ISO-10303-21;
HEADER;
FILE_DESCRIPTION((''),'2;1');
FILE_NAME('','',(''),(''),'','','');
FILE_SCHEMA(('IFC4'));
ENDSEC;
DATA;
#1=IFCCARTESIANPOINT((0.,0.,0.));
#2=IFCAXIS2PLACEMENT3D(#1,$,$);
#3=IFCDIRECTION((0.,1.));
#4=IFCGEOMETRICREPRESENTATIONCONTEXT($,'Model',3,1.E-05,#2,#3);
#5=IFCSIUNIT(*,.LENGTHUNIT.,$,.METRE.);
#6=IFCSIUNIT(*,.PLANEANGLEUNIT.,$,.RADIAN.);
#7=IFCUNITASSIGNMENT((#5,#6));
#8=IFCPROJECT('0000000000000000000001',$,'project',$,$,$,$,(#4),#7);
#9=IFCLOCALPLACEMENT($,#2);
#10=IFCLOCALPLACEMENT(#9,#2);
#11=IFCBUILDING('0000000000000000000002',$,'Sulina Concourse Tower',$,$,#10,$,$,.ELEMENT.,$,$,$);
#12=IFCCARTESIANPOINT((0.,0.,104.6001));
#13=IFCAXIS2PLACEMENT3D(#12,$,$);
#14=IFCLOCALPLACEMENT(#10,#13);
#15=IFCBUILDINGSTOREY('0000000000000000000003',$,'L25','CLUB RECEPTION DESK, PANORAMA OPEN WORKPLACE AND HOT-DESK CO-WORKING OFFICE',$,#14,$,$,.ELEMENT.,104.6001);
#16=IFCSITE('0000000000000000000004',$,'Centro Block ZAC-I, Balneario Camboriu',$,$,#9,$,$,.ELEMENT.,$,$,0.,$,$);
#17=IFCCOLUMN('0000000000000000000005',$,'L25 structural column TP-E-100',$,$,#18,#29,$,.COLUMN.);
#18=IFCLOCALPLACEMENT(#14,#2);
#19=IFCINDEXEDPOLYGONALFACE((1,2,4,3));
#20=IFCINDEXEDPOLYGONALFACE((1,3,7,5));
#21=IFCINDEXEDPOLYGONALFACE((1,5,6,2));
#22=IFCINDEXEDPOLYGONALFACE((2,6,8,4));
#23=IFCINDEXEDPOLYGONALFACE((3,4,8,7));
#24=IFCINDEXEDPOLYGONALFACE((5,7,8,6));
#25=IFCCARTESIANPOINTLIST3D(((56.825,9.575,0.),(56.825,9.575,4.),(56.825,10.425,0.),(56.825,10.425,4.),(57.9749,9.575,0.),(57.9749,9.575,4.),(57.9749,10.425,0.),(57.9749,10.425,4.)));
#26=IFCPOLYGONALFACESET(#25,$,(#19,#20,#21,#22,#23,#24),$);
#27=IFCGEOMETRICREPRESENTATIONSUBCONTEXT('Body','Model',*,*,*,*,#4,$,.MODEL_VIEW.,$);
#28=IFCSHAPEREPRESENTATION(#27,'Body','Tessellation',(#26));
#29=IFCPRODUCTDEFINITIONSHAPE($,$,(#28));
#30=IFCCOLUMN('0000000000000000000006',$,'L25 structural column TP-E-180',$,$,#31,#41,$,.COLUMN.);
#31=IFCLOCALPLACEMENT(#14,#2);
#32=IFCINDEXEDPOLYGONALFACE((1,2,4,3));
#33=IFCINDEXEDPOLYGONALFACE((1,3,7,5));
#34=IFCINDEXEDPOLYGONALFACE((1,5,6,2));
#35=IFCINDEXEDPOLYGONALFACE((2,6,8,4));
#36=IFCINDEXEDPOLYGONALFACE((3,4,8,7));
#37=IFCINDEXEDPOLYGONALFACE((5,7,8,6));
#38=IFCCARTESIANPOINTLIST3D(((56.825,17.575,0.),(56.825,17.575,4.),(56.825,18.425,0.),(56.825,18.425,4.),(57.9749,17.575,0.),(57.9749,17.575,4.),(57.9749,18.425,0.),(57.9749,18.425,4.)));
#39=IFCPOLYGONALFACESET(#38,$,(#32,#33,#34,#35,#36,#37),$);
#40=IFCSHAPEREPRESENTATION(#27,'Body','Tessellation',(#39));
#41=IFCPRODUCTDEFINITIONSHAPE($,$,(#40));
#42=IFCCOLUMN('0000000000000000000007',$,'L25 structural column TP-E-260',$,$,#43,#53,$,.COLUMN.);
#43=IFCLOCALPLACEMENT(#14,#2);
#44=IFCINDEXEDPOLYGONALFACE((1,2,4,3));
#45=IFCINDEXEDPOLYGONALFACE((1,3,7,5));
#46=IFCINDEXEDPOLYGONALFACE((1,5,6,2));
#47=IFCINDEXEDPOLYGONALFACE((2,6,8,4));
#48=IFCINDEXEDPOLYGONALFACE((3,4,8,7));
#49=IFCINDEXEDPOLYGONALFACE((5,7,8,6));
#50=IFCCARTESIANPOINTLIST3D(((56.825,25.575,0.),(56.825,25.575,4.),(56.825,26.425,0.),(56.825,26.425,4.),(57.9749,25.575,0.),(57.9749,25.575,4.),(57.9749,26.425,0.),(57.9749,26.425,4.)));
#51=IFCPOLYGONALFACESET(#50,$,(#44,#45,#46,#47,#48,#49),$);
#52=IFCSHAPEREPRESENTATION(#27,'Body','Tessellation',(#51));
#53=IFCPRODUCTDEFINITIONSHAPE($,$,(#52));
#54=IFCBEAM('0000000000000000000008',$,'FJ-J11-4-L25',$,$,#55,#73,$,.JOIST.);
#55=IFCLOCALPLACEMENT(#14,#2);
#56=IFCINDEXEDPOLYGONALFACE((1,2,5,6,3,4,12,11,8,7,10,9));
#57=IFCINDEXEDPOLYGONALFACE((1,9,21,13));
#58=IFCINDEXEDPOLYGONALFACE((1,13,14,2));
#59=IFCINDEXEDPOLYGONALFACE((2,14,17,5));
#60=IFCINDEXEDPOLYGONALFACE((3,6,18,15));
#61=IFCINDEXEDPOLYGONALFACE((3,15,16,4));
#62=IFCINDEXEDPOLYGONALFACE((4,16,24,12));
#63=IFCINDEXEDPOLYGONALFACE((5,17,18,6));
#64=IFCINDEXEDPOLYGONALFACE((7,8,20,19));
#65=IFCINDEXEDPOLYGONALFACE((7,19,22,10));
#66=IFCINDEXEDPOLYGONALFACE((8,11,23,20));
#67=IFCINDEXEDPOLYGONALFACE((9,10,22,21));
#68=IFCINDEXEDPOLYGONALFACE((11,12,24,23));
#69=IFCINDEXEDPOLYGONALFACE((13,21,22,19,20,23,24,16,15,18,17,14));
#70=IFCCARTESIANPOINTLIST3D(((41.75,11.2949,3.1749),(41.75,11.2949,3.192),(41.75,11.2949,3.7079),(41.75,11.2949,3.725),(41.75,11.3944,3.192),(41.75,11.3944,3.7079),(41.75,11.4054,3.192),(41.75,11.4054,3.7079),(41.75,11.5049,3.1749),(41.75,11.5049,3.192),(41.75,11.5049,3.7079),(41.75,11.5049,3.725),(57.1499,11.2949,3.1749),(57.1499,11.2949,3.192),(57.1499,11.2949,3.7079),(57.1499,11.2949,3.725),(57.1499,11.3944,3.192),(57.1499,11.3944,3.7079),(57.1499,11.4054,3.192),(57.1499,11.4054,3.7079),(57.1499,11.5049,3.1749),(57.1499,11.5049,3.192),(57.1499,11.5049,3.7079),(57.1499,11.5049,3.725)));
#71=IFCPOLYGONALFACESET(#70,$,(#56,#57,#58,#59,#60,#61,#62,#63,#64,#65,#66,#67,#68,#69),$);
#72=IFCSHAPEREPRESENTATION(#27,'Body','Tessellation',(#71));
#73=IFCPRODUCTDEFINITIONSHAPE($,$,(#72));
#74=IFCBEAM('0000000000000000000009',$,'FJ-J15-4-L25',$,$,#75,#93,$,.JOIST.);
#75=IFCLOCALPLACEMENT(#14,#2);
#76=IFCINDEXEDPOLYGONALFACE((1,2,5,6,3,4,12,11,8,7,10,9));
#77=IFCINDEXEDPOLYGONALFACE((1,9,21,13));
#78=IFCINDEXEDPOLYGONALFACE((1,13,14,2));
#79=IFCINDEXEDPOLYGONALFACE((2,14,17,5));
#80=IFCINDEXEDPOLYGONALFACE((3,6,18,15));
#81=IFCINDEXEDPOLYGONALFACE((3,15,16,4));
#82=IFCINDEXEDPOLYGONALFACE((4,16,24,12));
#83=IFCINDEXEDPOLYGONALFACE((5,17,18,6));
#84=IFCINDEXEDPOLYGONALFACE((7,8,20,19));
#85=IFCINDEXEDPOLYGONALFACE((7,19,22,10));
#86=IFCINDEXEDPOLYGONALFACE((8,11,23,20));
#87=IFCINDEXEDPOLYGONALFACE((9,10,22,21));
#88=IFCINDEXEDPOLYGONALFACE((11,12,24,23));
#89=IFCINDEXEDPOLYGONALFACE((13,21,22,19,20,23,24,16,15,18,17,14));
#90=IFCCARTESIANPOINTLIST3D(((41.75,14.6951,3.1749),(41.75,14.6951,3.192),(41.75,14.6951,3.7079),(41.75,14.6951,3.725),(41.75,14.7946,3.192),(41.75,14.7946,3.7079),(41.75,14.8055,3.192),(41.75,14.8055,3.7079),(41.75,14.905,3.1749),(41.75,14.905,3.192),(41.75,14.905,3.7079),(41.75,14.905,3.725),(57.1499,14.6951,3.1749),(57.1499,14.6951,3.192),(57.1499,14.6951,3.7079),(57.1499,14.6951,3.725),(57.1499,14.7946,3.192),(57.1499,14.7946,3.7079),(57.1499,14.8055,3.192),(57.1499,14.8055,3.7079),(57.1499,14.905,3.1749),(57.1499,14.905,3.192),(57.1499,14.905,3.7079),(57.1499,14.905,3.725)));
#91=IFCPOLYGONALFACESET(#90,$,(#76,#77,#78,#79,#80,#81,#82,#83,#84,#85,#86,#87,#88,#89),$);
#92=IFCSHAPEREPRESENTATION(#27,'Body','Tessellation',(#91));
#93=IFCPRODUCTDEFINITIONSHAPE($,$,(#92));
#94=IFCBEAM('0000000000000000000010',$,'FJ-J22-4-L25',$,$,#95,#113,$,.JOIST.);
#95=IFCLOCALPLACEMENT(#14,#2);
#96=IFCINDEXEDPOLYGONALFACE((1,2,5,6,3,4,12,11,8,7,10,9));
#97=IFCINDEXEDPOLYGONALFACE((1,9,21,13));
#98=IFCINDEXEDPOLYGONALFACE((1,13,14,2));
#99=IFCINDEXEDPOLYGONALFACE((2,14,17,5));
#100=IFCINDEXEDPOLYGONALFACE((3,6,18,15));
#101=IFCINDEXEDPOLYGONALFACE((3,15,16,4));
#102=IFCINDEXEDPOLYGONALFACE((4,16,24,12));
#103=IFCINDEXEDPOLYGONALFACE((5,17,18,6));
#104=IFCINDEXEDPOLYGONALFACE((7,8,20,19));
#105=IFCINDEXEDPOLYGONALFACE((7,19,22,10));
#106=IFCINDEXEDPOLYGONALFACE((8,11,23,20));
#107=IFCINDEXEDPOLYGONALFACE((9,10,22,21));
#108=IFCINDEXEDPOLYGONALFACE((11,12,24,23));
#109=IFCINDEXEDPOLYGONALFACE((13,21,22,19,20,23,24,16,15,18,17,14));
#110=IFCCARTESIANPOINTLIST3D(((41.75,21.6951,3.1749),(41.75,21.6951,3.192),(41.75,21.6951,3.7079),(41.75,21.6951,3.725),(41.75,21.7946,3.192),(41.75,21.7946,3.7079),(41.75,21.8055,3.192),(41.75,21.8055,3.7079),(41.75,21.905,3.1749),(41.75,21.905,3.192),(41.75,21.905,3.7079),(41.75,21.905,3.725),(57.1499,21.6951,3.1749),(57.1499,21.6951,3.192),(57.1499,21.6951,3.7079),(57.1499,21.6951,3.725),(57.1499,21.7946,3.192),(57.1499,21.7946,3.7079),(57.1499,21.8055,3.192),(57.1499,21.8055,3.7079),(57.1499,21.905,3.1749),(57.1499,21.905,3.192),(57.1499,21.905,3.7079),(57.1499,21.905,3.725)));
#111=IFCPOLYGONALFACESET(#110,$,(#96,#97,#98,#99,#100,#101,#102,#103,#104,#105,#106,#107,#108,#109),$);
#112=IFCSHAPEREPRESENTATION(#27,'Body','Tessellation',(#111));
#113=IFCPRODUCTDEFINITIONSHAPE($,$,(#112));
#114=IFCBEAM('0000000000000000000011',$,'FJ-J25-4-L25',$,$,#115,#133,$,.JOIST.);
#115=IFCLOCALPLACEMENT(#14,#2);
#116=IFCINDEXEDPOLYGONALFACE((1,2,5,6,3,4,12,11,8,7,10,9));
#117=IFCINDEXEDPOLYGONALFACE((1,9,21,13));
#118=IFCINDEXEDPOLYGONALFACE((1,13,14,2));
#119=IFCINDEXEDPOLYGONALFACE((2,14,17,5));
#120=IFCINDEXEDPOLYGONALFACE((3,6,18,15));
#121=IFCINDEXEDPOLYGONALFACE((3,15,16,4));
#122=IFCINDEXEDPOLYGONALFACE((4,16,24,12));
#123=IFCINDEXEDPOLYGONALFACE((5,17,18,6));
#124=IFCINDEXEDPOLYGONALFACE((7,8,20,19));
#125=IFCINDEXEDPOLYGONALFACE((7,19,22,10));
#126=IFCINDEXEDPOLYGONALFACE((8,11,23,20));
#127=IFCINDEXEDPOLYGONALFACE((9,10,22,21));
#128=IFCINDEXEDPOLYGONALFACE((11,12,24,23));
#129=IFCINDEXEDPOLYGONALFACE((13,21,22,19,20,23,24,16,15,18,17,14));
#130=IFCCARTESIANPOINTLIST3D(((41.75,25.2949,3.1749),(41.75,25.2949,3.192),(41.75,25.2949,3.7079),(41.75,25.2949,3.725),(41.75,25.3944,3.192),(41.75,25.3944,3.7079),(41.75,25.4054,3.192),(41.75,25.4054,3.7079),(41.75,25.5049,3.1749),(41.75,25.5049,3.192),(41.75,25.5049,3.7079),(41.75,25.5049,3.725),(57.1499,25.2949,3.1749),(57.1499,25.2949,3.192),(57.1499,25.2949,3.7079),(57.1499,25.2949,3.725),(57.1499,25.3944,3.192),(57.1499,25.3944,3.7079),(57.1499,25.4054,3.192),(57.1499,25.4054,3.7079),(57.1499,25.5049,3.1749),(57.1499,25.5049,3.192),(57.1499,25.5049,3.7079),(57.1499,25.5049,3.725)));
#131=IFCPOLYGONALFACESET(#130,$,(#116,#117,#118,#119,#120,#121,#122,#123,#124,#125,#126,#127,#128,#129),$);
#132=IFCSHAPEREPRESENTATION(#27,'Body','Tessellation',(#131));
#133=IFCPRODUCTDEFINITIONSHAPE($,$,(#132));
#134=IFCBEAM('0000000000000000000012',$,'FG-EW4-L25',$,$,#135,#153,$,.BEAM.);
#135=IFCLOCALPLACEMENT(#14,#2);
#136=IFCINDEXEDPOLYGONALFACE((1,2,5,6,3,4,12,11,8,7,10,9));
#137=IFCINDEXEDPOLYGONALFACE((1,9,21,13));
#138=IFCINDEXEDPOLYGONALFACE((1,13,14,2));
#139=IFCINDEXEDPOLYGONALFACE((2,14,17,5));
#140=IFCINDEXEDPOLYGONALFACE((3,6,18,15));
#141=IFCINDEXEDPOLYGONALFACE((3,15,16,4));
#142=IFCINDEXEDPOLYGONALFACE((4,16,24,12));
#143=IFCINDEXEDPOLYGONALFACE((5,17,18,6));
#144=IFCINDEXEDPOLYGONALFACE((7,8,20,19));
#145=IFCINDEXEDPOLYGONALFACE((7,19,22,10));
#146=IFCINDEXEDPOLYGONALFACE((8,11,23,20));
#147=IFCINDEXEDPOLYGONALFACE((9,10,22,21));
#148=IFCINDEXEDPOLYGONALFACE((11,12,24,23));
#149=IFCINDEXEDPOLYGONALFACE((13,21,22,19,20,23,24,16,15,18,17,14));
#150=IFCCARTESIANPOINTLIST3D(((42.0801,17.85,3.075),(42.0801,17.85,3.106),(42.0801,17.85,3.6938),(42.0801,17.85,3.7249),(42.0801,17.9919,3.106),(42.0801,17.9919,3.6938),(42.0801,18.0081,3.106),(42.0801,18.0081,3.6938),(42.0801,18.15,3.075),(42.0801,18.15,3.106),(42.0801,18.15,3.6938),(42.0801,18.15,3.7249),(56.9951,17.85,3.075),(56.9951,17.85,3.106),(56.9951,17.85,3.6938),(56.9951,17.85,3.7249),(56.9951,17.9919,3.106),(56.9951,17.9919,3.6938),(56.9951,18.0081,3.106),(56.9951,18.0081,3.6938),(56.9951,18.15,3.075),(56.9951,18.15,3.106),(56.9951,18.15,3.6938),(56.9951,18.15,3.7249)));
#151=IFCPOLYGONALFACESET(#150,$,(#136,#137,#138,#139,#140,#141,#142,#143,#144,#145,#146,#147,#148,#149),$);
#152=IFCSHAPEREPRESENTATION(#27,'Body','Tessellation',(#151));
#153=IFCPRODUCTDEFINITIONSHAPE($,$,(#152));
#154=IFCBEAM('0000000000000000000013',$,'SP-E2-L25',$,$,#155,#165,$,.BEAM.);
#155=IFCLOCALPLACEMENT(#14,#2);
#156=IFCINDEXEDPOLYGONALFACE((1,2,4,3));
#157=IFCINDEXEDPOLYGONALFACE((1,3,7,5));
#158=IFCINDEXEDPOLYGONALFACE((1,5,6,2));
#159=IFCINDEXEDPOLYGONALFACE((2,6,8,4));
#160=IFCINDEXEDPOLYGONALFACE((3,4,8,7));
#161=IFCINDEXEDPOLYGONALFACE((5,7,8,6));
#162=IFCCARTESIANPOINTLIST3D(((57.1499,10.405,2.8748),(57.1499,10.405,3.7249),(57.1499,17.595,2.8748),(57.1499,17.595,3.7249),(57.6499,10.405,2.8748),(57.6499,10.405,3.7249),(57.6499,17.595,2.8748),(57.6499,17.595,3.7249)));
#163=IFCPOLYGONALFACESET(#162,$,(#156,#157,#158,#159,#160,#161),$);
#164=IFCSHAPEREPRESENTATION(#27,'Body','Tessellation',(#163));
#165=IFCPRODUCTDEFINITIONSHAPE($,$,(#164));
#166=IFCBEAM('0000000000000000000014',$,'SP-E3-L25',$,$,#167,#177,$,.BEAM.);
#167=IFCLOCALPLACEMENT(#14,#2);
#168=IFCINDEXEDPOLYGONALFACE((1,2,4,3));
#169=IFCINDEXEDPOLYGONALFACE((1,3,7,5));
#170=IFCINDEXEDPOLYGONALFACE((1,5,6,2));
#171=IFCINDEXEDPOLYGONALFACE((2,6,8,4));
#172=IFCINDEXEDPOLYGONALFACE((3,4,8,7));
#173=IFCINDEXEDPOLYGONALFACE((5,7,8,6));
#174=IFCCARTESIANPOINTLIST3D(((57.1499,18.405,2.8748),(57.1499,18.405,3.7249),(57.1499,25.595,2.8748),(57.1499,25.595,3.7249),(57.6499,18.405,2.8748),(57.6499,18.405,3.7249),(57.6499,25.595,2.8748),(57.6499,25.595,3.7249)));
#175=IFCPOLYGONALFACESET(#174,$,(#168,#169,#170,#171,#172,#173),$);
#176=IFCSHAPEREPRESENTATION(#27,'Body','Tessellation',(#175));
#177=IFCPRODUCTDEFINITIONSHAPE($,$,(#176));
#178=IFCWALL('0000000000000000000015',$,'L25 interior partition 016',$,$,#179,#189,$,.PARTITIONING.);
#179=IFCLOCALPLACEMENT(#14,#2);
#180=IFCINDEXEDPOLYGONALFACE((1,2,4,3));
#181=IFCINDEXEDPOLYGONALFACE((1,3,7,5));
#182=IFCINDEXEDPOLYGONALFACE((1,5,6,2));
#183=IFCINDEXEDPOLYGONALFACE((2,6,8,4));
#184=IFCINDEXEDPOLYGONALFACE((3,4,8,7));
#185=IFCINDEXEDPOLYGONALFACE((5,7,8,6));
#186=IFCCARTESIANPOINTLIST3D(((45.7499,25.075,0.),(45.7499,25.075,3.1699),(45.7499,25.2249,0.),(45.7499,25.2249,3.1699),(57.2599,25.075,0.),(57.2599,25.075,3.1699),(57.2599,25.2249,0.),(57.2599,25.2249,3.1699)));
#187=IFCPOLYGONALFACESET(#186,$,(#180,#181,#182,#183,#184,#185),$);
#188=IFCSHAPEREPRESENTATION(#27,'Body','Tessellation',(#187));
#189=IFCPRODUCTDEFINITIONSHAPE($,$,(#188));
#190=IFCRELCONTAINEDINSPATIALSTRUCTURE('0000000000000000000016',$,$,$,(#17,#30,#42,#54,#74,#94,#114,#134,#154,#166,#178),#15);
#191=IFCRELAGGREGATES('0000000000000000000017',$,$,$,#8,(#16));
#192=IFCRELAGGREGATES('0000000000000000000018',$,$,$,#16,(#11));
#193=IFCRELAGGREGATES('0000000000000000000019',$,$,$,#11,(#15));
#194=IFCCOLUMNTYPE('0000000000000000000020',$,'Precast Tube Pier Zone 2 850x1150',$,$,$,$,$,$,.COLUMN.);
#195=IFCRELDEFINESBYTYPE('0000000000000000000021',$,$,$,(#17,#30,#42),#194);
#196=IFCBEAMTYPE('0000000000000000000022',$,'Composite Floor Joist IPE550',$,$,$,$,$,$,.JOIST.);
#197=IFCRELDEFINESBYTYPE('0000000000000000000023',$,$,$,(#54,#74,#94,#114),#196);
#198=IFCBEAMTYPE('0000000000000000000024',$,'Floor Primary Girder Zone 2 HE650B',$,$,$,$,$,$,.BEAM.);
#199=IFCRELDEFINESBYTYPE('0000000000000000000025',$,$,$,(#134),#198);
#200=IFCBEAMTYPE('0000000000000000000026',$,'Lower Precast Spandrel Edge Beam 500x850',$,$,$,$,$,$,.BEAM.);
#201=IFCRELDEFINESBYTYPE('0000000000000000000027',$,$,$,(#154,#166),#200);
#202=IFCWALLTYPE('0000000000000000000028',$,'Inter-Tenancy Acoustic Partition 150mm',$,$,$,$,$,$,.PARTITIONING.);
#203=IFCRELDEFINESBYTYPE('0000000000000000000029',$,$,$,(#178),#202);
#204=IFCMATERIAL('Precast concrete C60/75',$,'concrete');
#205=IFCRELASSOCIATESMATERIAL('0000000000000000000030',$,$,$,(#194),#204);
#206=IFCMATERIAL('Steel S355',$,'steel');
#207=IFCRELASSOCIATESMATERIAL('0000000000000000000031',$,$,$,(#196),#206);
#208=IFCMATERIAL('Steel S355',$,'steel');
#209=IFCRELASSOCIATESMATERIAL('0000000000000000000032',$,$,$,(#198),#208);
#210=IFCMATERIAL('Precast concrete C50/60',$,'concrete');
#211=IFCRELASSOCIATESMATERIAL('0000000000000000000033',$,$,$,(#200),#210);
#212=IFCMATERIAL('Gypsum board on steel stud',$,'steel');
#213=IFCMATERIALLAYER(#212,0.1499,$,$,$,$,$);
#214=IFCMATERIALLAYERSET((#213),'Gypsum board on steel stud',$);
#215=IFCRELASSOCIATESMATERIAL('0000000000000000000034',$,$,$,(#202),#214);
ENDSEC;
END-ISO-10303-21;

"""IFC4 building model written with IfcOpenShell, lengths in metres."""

from ifc_helpers import new_model, si_unit, direction, frame, frame_2d, origin, origin_2d, place, context, subcontext, project, spatial, rectangle, i_section, extrude, material, layer, layer_set, material_profile, profile_set, type_object, element, save


model = new_model("IFC4")

# Units and contexts
model_context = context("Model", 3, precision=1e-05, world=origin(), true_north=direction((0.0, 1.0)))
body_context = subcontext(model_context, "Body", "Model", "MODEL_VIEW")
ifc_project = project(units=[si_unit("LENGTHUNIT", "METRE"), si_unit("PLANEANGLEUNIT", "RADIAN")], contexts=[model_context])

# Site, building, storey
site_placement = place(None, origin())
site = spatial("IfcSite", under=ifc_project, at=site_placement, Name="Centro Block ZAC-I, Balneario Camboriu", CompositionType="ELEMENT", RefElevation=0.0)
building_placement = place(site_placement, origin())
building = spatial("IfcBuilding", under=site, at=building_placement, Name="Sulina Concourse Tower", CompositionType="ELEMENT")
storey_placement = place(building_placement, frame((0.0, 0.0, 104.6001)))
storey = spatial("IfcBuildingStorey", under=building, at=storey_placement, Name="L25", Description="CLUB RECEPTION DESK, PANORAMA OPEN WORKPLACE AND HOT-DESK CO-WORKING OFFICE", CompositionType="ELEMENT", Elevation=104.6001)

# Columns
ifc_material_1 = material(Name="Precast concrete C60/75", Category="concrete")
ifc_material_profile_1 = material_profile(ifc_material_1, rectangle(XDim=0.8501, YDim=1.1499, at=origin_2d()), Name="PC 850x1150")
ifc_profile_set_1 = profile_set([ifc_material_profile_1], Name="Precast concrete C60/75")
column_type = type_object("IfcColumnType", Name="Precast Tube Pier Zone 2 850x1150", PredefinedType="COLUMN", material=ifc_profile_set_1)
for number, where, z_axis, x_axis, name in (
    (1, (57.3999, 10.0, 0.0), (0.0, 0.0, 1.0), (0.0, 1.0, 0.0), "L25 structural column TP-E-100"),
    (2, (57.3999, 18.0, 0.0), (0.0, 0.0, 1.0), (0.0, 1.0, 0.0), "L25 structural column TP-E-180"),
    (3, (57.3999, 26.0, 0.0), (0.0, 0.0, 1.0), (0.0, 1.0, 0.0), "L25 structural column TP-E-260"),
):
    element("IfcColumn", number, at=place(storey_placement, frame(where, z_axis=z_axis, x_axis=x_axis)), inside=storey, type_object=column_type, Name=name, PredefinedType="COLUMN", context=body_context, shape_type="SweptSolid", body=[
        extrude(rectangle(XDim=0.8501, YDim=1.1499, at=origin_2d()), origin(), (0.0, 0.0, 1.0), 4.0),
    ])

# Beams
ifc_material_2 = material(Name="Steel S355", Category="steel")
ifc_material_profile_2 = material_profile(ifc_material_2, i_section(OverallWidth=0.21, OverallDepth=0.55, WebThickness=0.011, FlangeThickness=0.0171, at=origin_2d()), Name="IPE 550")
ifc_profile_set_2 = profile_set([ifc_material_profile_2], Name="Steel S355")
beam_type_1 = type_object("IfcBeamType", Name="Composite Floor Joist IPE550", PredefinedType="JOIST", material=ifc_profile_set_2)
for number, where, z_axis, x_axis, name in (
    (4, (41.75, 11.3999, 3.45), (1.0, 0.0, 0.0), (0.0, 1.0, 0.0), "FJ-J11-4-L25"),
    (5, (41.75, 14.8, 3.45), (1.0, 0.0, 0.0), (0.0, 1.0, 0.0), "FJ-J15-4-L25"),
    (6, (41.75, 21.8, 3.45), (1.0, 0.0, 0.0), (0.0, 1.0, 0.0), "FJ-J22-4-L25"),
    (7, (41.75, 25.3999, 3.45), (1.0, 0.0, 0.0), (0.0, 1.0, 0.0), "FJ-J25-4-L25"),
):
    element("IfcBeam", number, at=place(storey_placement, frame(where, z_axis=z_axis, x_axis=x_axis)), inside=storey, type_object=beam_type_1, Name=name, PredefinedType="JOIST", context=body_context, shape_type="SweptSolid", body=[
        extrude(i_section(OverallWidth=0.21, OverallDepth=0.55, WebThickness=0.011, FlangeThickness=0.0171, at=origin_2d()), origin(), (0.0, 0.0, 1.0), 15.3999),
    ])
ifc_material_3 = material(Name="Steel S355", Category="steel")
ifc_material_profile_3 = material_profile(ifc_material_3, i_section(OverallWidth=0.3, OverallDepth=0.6499, WebThickness=0.0161, FlangeThickness=0.031, at=origin_2d()), Name="HE 650 B")
ifc_profile_set_3 = profile_set([ifc_material_profile_3], Name="Steel S355")
beam_type_2 = type_object("IfcBeamType", Name="Floor Primary Girder Zone 2 HE650B", PredefinedType="BEAM", material=ifc_profile_set_3)
beam_placement = place(storey_placement, frame((42.0801, 18.0, 3.3999), z_axis=(1.0, 0.0, 0.0), x_axis=(0.0, 1.0, 0.0)))
element("IfcBeam", 8, at=beam_placement, inside=storey, type_object=beam_type_2, Name="FG-EW4-L25", PredefinedType="BEAM", context=body_context, shape_type="SweptSolid", body=[
    extrude(i_section(OverallWidth=0.3, OverallDepth=0.6499, WebThickness=0.0161, FlangeThickness=0.031, at=origin_2d()), origin(), (0.0, 0.0, 1.0), 14.915),
])
ifc_material_4 = material(Name="Precast concrete C50/60", Category="concrete")
ifc_material_profile_4 = material_profile(ifc_material_4, rectangle(XDim=0.5, YDim=0.8501, at=origin_2d()), Name="RC 500x850")
ifc_profile_set_4 = profile_set([ifc_material_profile_4], Name="Precast concrete C50/60")
beam_type_3 = type_object("IfcBeamType", Name="Lower Precast Spandrel Edge Beam 500x850", PredefinedType="BEAM", material=ifc_profile_set_4)
for number, where, z_axis, x_axis, name in (
    (9, (57.3999, 10.405, 3.2998), (0.0, 1.0, 0.0), (-1.0, 0.0, 0.0), "SP-E2-L25"),
    (10, (57.3999, 18.405, 3.2998), (0.0, 1.0, 0.0), (-1.0, 0.0, 0.0), "SP-E3-L25"),
):
    element("IfcBeam", number, at=place(storey_placement, frame(where, z_axis=z_axis, x_axis=x_axis)), inside=storey, type_object=beam_type_3, Name=name, PredefinedType="BEAM", context=body_context, shape_type="SweptSolid", body=[
        extrude(rectangle(XDim=0.5, YDim=0.8501, at=origin_2d()), origin(), (0.0, 0.0, 1.0), 7.1899),
    ])

# Wall
ifc_material_5 = material(Name="Gypsum board on steel stud", Category="steel")
ifc_layer_1 = layer(ifc_material_5, 0.1499)
ifc_layer_set_1 = layer_set([ifc_layer_1], Name="Gypsum board on steel stud")
wall_type_1 = type_object("IfcWallType", Name="Inter-Tenancy Acoustic Partition 150mm", PredefinedType="PARTITIONING", material=ifc_layer_set_1)
wall_1_placement = place(storey_placement, frame((45.75, 25.1499, 0.0), z_axis=(0.0, 0.0, 1.0), x_axis=(1.0, 0.0, 0.0)))
element("IfcWall", 11, at=wall_1_placement, inside=storey, type_object=wall_type_1, Name="L25 interior partition 016", PredefinedType="PARTITIONING", context=body_context, shape_type="SweptSolid", body=[
    extrude(rectangle(XDim=11.51, YDim=0.1499, at=frame_2d((5.7549, 0.0))), origin(), (0.0, 0.0, 1.0), 3.1699),
])

save(model, "model.ifc")
